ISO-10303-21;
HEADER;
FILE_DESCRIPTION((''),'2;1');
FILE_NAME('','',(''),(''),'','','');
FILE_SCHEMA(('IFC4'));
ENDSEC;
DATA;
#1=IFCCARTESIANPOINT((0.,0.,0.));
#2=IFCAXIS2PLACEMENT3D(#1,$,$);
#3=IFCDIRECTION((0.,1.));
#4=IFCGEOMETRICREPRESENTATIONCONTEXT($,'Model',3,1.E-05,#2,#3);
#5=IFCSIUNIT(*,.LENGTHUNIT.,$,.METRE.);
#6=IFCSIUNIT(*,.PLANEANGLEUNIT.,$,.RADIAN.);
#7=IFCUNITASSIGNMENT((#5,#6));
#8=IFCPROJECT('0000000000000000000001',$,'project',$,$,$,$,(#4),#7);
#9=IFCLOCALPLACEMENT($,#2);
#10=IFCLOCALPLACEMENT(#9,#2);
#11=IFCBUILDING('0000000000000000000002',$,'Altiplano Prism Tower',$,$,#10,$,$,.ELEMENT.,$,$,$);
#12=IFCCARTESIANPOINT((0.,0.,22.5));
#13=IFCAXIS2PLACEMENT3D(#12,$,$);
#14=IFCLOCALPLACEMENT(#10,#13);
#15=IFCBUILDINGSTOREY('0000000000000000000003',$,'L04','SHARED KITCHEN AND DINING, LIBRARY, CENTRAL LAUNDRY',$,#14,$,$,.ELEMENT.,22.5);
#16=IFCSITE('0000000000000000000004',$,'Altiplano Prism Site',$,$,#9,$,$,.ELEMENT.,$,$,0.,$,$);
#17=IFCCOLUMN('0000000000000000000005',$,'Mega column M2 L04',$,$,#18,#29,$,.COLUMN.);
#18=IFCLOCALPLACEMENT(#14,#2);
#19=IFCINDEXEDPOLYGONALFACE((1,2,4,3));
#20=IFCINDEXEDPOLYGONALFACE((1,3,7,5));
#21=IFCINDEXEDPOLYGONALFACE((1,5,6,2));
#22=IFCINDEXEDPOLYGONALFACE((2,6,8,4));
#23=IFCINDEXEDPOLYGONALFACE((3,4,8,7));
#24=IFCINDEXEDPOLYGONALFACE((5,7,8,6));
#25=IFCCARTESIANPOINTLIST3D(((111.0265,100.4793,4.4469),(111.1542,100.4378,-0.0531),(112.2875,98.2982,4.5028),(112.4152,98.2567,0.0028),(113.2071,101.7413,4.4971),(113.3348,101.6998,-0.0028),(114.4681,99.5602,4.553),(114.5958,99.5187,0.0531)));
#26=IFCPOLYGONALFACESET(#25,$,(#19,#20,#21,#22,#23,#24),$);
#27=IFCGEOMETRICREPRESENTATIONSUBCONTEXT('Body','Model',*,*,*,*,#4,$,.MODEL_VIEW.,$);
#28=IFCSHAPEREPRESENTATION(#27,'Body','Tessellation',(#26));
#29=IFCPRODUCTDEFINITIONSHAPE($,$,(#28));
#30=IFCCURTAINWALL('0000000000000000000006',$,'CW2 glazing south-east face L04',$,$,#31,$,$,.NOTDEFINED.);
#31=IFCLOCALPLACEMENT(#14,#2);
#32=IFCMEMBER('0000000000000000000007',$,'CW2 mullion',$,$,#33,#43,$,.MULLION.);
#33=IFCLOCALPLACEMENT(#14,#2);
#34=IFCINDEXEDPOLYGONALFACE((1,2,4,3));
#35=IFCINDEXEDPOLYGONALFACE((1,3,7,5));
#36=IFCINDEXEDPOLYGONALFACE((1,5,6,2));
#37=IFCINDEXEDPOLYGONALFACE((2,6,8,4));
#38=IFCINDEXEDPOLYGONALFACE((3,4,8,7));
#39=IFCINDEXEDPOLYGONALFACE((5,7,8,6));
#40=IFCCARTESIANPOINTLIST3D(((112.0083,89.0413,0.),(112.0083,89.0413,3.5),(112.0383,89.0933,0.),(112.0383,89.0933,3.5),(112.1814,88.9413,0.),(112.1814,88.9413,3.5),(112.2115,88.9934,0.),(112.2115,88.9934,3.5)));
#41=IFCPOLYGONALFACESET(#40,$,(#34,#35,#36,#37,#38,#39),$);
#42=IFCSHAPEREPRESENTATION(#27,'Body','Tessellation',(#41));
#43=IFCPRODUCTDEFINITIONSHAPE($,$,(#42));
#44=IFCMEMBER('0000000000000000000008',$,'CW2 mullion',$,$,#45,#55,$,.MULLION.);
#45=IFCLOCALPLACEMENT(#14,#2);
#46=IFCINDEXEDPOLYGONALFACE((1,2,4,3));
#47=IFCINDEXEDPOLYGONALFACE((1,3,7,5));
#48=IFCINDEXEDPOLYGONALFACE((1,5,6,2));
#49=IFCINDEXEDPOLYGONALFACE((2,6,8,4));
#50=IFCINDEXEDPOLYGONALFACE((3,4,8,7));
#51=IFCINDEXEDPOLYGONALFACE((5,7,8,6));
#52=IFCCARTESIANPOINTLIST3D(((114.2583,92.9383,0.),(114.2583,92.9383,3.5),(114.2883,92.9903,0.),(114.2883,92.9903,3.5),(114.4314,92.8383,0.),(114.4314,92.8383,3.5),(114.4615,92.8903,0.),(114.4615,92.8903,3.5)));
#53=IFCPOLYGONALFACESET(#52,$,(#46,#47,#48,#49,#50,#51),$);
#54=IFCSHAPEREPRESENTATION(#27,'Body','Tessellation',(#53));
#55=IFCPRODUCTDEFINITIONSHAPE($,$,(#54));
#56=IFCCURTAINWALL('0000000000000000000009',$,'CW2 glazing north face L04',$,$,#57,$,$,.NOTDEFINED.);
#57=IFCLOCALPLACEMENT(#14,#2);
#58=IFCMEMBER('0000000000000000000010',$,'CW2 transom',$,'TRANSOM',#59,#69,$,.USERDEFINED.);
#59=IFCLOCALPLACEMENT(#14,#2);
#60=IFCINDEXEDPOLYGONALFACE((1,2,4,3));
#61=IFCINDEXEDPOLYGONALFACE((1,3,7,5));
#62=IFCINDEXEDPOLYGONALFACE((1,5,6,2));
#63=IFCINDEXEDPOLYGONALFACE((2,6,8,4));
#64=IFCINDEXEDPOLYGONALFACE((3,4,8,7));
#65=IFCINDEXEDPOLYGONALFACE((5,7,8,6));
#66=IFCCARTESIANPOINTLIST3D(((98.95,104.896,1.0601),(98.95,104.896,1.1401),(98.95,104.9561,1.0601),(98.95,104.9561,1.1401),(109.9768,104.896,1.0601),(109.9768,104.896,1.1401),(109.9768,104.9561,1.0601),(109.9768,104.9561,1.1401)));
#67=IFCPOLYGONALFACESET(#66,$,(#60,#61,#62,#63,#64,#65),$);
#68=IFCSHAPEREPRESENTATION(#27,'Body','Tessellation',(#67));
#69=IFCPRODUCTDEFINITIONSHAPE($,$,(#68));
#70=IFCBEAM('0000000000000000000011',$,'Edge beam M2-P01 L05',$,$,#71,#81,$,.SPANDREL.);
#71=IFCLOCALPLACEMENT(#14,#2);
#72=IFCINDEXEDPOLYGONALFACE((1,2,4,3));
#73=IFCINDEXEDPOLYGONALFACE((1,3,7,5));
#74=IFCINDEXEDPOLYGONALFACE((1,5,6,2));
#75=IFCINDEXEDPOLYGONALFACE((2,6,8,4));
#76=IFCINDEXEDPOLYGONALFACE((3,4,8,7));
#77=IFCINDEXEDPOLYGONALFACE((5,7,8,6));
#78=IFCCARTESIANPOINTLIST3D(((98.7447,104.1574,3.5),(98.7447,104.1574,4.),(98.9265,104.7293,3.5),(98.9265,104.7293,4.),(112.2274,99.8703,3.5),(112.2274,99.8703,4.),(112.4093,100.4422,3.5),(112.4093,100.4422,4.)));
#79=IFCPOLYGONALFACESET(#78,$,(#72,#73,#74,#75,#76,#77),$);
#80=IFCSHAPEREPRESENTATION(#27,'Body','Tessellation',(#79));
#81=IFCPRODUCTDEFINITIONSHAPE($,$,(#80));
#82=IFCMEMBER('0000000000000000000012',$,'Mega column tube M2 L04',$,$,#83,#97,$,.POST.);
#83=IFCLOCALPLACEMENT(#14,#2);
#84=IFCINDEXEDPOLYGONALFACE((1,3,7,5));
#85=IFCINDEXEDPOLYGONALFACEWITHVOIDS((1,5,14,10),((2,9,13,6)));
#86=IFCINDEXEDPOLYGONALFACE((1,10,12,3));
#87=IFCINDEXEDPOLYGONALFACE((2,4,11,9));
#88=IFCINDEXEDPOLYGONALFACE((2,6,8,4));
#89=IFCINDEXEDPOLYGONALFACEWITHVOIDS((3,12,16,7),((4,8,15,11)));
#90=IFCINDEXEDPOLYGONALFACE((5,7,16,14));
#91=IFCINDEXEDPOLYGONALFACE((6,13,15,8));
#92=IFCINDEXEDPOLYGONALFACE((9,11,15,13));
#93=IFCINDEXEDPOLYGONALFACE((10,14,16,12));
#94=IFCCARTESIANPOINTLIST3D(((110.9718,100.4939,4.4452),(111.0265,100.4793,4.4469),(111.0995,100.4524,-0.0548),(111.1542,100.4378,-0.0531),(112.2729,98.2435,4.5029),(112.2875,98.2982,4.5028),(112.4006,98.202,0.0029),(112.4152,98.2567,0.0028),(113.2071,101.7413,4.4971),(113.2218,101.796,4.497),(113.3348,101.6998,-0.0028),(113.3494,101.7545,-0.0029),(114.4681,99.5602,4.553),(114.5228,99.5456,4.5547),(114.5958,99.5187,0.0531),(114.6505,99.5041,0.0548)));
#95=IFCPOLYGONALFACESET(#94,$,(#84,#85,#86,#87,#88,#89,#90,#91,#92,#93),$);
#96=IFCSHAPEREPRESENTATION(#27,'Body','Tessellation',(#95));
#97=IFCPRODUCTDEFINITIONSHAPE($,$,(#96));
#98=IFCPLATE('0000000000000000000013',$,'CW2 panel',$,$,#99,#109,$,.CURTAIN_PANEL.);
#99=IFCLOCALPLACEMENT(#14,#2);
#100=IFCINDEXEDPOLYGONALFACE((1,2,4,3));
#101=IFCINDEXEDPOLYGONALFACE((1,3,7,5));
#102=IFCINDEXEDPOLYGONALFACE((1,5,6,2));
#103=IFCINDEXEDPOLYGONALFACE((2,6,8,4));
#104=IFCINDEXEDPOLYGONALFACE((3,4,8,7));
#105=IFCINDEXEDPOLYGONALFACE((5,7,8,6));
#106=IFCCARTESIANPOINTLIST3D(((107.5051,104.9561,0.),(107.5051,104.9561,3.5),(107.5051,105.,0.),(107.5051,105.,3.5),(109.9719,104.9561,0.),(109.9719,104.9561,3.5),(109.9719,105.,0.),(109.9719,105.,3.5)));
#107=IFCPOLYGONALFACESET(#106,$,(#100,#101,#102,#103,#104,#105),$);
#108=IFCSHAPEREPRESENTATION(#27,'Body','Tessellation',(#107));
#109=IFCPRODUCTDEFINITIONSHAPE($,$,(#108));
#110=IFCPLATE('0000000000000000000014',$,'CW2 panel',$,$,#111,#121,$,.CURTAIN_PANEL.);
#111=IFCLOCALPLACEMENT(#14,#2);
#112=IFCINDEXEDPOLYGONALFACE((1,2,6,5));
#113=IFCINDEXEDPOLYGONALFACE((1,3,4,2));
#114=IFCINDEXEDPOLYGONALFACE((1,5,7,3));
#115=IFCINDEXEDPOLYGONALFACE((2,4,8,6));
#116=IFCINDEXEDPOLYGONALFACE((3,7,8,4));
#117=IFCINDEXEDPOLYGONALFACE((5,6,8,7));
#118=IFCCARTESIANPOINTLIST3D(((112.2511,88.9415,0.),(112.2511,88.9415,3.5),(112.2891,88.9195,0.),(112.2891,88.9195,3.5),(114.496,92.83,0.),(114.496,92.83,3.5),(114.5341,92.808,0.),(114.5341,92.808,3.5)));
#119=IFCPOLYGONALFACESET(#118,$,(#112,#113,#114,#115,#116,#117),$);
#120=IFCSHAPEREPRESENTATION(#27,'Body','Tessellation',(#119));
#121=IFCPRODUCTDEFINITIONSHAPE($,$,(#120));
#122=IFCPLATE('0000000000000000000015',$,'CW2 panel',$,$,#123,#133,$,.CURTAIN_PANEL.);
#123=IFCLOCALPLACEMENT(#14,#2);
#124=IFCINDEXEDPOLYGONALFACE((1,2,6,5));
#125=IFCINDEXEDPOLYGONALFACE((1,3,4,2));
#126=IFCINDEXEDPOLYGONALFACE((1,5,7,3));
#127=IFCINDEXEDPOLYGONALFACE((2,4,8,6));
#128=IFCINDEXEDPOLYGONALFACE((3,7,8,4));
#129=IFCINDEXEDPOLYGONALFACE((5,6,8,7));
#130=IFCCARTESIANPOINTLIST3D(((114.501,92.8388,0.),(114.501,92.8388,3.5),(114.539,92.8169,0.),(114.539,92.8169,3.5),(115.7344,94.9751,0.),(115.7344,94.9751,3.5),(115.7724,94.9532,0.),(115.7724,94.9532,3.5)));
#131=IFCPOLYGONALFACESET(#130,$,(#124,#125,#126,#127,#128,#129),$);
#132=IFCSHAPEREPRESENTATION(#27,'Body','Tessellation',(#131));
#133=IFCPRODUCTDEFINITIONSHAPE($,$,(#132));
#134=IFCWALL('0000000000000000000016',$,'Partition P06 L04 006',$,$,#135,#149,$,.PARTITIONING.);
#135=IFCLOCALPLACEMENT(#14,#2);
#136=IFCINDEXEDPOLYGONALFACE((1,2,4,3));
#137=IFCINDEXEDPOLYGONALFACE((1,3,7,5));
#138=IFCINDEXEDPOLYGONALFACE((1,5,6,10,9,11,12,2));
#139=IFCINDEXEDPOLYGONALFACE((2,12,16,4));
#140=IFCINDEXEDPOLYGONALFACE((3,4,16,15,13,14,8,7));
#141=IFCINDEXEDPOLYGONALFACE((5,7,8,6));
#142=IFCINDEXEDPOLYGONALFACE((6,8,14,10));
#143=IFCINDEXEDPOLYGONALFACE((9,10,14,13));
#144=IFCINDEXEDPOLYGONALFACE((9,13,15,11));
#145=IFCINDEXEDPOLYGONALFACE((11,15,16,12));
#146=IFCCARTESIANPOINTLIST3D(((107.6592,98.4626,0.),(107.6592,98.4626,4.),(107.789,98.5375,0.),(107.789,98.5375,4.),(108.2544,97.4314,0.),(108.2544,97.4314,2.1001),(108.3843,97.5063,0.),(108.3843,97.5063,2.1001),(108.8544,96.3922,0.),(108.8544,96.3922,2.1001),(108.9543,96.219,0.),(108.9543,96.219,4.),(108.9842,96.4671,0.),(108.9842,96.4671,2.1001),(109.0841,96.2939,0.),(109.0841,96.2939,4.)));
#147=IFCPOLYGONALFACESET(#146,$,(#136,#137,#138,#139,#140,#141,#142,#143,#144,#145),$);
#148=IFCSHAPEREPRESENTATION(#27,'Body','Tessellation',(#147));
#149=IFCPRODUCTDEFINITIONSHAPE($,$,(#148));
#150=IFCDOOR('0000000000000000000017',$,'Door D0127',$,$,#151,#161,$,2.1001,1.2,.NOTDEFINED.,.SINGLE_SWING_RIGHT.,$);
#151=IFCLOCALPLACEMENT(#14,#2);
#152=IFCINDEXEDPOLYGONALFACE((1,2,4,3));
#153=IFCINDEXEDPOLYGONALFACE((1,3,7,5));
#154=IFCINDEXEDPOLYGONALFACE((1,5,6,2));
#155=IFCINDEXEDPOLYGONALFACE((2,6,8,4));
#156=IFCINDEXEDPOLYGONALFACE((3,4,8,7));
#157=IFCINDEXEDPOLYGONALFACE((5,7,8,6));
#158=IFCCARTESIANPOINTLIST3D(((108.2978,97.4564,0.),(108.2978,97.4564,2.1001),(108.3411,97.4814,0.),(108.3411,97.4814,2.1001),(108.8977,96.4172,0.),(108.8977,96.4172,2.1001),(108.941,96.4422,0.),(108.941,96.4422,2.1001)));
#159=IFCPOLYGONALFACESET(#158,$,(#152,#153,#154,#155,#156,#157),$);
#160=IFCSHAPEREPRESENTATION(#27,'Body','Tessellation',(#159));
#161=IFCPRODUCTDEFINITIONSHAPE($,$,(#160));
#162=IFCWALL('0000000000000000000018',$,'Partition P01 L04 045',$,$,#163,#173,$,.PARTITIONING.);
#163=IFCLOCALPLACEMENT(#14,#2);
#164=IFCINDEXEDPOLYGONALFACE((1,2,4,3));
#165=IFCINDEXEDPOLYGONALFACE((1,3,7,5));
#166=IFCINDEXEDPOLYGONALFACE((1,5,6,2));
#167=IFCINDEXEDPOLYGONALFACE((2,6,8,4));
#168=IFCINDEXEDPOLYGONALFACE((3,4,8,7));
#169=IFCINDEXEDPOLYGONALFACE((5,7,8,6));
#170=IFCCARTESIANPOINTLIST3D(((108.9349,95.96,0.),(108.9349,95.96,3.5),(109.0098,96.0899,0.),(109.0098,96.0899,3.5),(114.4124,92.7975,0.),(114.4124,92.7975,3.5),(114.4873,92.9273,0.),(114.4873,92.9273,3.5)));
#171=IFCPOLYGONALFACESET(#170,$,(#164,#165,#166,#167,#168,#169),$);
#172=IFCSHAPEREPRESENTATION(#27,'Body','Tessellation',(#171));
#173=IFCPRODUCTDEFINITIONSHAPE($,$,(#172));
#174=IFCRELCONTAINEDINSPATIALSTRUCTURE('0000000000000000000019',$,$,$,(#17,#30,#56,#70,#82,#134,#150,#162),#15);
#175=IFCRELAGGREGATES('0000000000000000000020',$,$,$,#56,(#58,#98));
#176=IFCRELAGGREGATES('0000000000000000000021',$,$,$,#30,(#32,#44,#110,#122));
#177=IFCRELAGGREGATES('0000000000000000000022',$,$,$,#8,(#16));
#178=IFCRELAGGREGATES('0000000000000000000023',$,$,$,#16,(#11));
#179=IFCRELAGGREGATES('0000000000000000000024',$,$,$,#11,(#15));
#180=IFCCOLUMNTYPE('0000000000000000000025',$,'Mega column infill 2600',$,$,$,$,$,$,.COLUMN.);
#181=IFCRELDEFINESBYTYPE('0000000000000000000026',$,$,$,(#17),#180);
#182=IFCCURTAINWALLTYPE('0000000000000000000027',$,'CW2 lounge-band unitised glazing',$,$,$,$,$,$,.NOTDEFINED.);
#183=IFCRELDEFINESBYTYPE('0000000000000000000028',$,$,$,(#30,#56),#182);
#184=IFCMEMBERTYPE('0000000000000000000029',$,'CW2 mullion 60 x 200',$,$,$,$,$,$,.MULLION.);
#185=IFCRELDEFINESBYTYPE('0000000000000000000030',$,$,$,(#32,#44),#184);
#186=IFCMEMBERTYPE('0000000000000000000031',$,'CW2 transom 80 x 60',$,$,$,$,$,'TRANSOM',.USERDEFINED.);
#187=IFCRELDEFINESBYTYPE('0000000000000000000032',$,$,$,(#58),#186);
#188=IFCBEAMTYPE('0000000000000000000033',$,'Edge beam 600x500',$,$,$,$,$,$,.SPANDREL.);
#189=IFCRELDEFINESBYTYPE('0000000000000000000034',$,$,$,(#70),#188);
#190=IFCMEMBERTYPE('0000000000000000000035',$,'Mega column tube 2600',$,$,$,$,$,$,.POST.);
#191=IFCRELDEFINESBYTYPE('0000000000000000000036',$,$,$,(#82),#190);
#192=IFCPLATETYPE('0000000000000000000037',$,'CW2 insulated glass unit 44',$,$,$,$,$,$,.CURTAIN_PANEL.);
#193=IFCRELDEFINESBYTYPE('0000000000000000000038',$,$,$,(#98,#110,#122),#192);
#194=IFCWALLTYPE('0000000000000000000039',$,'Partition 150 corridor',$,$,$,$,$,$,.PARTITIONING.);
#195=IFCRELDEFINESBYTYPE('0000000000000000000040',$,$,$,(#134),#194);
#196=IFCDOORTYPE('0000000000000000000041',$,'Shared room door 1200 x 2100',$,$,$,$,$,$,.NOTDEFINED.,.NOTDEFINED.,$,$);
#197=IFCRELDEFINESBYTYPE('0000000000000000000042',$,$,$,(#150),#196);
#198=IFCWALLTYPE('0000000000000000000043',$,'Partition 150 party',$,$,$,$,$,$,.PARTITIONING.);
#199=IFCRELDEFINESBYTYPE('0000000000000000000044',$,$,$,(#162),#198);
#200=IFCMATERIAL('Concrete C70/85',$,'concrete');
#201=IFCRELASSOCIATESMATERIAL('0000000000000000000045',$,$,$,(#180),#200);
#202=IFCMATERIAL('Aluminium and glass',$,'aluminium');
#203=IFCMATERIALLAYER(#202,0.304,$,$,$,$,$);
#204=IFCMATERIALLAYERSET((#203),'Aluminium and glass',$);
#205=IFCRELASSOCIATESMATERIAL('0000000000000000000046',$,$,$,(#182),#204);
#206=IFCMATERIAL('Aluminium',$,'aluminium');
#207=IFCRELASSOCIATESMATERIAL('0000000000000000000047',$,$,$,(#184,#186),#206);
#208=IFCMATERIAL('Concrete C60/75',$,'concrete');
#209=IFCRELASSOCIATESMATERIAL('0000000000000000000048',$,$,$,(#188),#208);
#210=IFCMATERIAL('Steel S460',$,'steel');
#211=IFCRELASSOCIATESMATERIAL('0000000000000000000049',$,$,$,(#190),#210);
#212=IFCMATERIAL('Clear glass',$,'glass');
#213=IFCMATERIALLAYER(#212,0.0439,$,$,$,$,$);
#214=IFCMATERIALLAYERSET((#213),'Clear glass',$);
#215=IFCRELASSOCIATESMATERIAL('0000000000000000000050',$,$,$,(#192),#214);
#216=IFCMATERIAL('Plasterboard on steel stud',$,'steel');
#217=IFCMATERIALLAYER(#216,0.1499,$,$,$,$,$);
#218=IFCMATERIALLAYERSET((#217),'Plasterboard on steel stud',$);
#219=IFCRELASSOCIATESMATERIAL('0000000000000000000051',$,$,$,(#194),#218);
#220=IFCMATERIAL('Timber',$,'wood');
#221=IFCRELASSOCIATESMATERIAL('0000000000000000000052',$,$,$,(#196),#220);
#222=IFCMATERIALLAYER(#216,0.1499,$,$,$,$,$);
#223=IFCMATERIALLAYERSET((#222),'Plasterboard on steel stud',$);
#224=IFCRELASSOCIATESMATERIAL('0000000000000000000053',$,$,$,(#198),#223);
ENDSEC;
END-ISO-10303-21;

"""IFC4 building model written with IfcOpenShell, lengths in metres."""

from ifc_helpers import new_model, si_unit, direction, frame, frame_2d, origin, origin_2d, place, context, subcontext, project, spatial, rectangle, hollow_rectangle, extrude, material, layer, layer_set, material_profile, profile_set, type_object, element, fill, aggregate, save


model = new_model("IFC4")

# Units and contexts
model_context = context("Model", 3, precision=1e-05, world=origin(), true_north=direction((0.0, 1.0)))
body_context = subcontext(model_context, "Body", "Model", "MODEL_VIEW")
ifc_project = project(units=[si_unit("LENGTHUNIT", "METRE"), si_unit("PLANEANGLEUNIT", "RADIAN")], contexts=[model_context])

# Site, building, storey
site_placement = place(None, origin())
site = spatial("IfcSite", under=ifc_project, at=site_placement, Name="Altiplano Prism Site", CompositionType="ELEMENT", RefElevation=0.0)
building_placement = place(site_placement, origin())
building = spatial("IfcBuilding", under=site, at=building_placement, Name="Altiplano Prism Tower", CompositionType="ELEMENT")
storey_placement = place(building_placement, frame((0.0, 0.0, 22.5)))
storey = spatial("IfcBuildingStorey", under=building, at=storey_placement, Name="L04", Description="SHARED KITCHEN AND DINING, LIBRARY, CENTRAL LAUNDRY", CompositionType="ELEMENT", Elevation=22.5)

# Column
ifc_material_1 = material(Name="Concrete C70/85", Category="concrete")
ifc_material_profile_1 = material_profile(ifc_material_1, rectangle(XDim=2.52, YDim=2.52, at=origin_2d()), Name="Mega column infill 2600")
ifc_profile_set_1 = profile_set([ifc_material_profile_1], Name="Concrete C70/85")
column_type = type_object("IfcColumnType", Name="Mega column infill 2600", PredefinedType="COLUMN", material=ifc_profile_set_1)
column_placement = place(storey_placement, frame((112.875, 99.9783, 0.0), z_axis=(-0.028362, 0.009219, 0.999555), x_axis=(0.500392, -0.865515, 0.022181)))
element("IfcColumn", 1, at=column_placement, inside=storey, type_object=column_type, Name="Mega column M2 L04", PredefinedType="COLUMN", context=body_context, shape_type="SweptSolid", body=[
    extrude(rectangle(XDim=2.52, YDim=2.52, at=origin_2d()), origin(), (0.0, 0.0, 1.0), 4.502),
])

# Curtain wall, members
ifc_material_2 = material(Name="Aluminium and glass", Category="aluminium")
ifc_layer_1 = layer(ifc_material_2, 0.304)
ifc_layer_set_1 = layer_set([ifc_layer_1], Name="Aluminium and glass")
curtain_wall_type = type_object("IfcCurtainWallType", Name="CW2 lounge-band unitised glazing", PredefinedType="NOTDEFINED", material=ifc_layer_set_1)
curtain_wall_1_placement = place(storey_placement, origin())
curtain_wall_1 = element("IfcCurtainWall", 2, at=curtain_wall_1_placement, inside=storey, type_object=curtain_wall_type, Name="CW2 glazing south-east face L04", PredefinedType="NOTDEFINED")
ifc_material_3 = material(Name="Aluminium", Category="aluminium")
ifc_material_profile_2 = material_profile(ifc_material_3, rectangle(XDim=0.2, YDim=0.0601, at=origin_2d()), Name="CW2 mullion 60 x 200")
ifc_profile_set_2 = profile_set([ifc_material_profile_2], Name="Aluminium")
member_type_1 = type_object("IfcMemberType", Name="CW2 mullion 60 x 200", PredefinedType="MULLION", material=ifc_profile_set_2)
member_1_placement = place(storey_placement, frame((112.1099, 89.0173, 0.0), z_axis=(0.0, 0.0, 1.0), x_axis=(-0.866025, 0.5, 0.0)))
member_1 = element("IfcMember", 3, at=member_1_placement, type_object=member_type_1, Name="CW2 mullion", PredefinedType="MULLION", context=body_context, shape_type="SweptSolid", body=[
    extrude(rectangle(XDim=0.2, YDim=0.0601, at=origin_2d()), origin(), (0.0, 0.0, 1.0), 3.5),
])
member_2_placement = place(storey_placement, frame((114.3599, 92.9143, 0.0), z_axis=(0.0, 0.0, 1.0), x_axis=(-0.866025, 0.5, 0.0)))
member_2 = element("IfcMember", 4, at=member_2_placement, type_object=member_type_1, Name="CW2 mullion", PredefinedType="MULLION", context=body_context, shape_type="SweptSolid", body=[
    extrude(rectangle(XDim=0.2, YDim=0.0601, at=origin_2d()), origin(), (0.0, 0.0, 1.0), 3.5),
])

# Curtain wall, member
curtain_wall_2_placement = place(storey_placement, origin())
curtain_wall_2 = element("IfcCurtainWall", 5, at=curtain_wall_2_placement, inside=storey, type_object=curtain_wall_type, Name="CW2 glazing north face L04", PredefinedType="NOTDEFINED")
ifc_material_profile_3 = material_profile(ifc_material_3, rectangle(XDim=0.0601, YDim=0.0801, at=origin_2d()), Name="CW2 transom 80 x 60")
ifc_profile_set_3 = profile_set([ifc_material_profile_3], Name="Aluminium")
member_type_2 = type_object("IfcMemberType", Name="CW2 transom 80 x 60", ElementType="TRANSOM", PredefinedType="USERDEFINED", material=ifc_profile_set_3)
member_3_placement = place(storey_placement, frame((109.9768, 104.926, 1.1001), z_axis=(-1.0, 0.0, 0.0), x_axis=(0.0, -1.0, 0.0)))
member_3 = element("IfcMember", 6, at=member_3_placement, type_object=member_type_2, Name="CW2 transom", ObjectType="TRANSOM", PredefinedType="USERDEFINED", context=body_context, shape_type="SweptSolid", body=[
    extrude(rectangle(XDim=0.0601, YDim=0.0801, at=origin_2d()), origin(), (0.0, 0.0, 1.0), 11.0269),
])

# Beam
ifc_material_4 = material(Name="Concrete C60/75", Category="concrete")
ifc_material_profile_4 = material_profile(ifc_material_4, rectangle(XDim=0.6001, YDim=0.5, at=origin_2d()), Name="Edge beam 600x500")
ifc_profile_set_4 = profile_set([ifc_material_profile_4], Name="Concrete C60/75")
beam_type = type_object("IfcBeamType", Name="Edge beam 600x500", PredefinedType="SPANDREL", material=ifc_profile_set_4)
beam_placement = place(storey_placement, frame((112.3184, 100.1562, 3.75), z_axis=(-0.952984, 0.303022, 0.0), x_axis=(-0.303022, -0.952984, 0.0)))
element("IfcBeam", 7, at=beam_placement, inside=storey, type_object=beam_type, Name="Edge beam M2-P01 L05", PredefinedType="SPANDREL", context=body_context, shape_type="SweptSolid", body=[
    extrude(rectangle(XDim=0.6001, YDim=0.5, at=origin_2d()), origin(), (0.0, 0.0, 1.0), 14.1479),
])

# Member
ifc_material_5 = material(Name="Steel S460", Category="steel")
ifc_material_profile_5 = material_profile(ifc_material_5, hollow_rectangle(XDim=2.6001, YDim=2.6001, WallThickness=0.04, at=origin_2d()), Name="Mega column tube 2600")
ifc_profile_set_5 = profile_set([ifc_material_profile_5], Name="Steel S460")
member_type_3 = type_object("IfcMemberType", Name="Mega column tube 2600", PredefinedType="POST", material=ifc_profile_set_5)
member_4_placement = place(storey_placement, frame((112.875, 99.9783, 0.0), z_axis=(-0.028362, 0.009219, 0.999555), x_axis=(0.500392, -0.865515, 0.022181)))
element("IfcMember", 8, at=member_4_placement, inside=storey, type_object=member_type_3, Name="Mega column tube M2 L04", PredefinedType="POST", context=body_context, shape_type="SweptSolid", body=[
    extrude(hollow_rectangle(XDim=2.6001, YDim=2.6001, WallThickness=0.04, at=origin_2d()), origin(), (0.0, 0.0, 1.0), 4.502),
])

# Plates
ifc_material_6 = material(Name="Clear glass", Category="glass")
ifc_layer_2 = layer(ifc_material_6, 0.0439)
ifc_layer_set_2 = layer_set([ifc_layer_2], Name="Clear glass")
plate_type = type_object("IfcPlateType", Name="CW2 insulated glass unit 44", PredefinedType="CURTAIN_PANEL", material=ifc_layer_set_2)
plate_1_placement = place(storey_placement, frame((108.7385, 104.978, 0.0), z_axis=(0.0, 0.0, 1.0), x_axis=(-1.0, 0.0, 0.0)))
plate_1 = element("IfcPlate", 9, at=plate_1_placement, type_object=plate_type, Name="CW2 panel", PredefinedType="CURTAIN_PANEL", context=body_context, shape_type="SweptSolid", body=[
    extrude(rectangle(XDim=2.4668, YDim=0.0439, at=origin_2d()), origin(), (0.0, 0.0, 1.0), 3.5),
])
aggregate(curtain_wall_2, [member_3, plate_1])
plate_2_placement = place(storey_placement, frame((113.3926, 90.8748, 0.0), z_axis=(0.0, 0.0, 1.0), x_axis=(0.5, 0.866025, 0.0)))
plate_2 = element("IfcPlate", 10, at=plate_2_placement, type_object=plate_type, Name="CW2 panel", PredefinedType="CURTAIN_PANEL", context=body_context, shape_type="SweptSolid", body=[
    extrude(rectangle(XDim=4.49, YDim=0.0439, at=origin_2d()), origin(), (0.0, 0.0, 1.0), 3.5),
])
plate_3_placement = place(storey_placement, frame((115.1367, 93.896, 0.0), z_axis=(0.0, 0.0, 1.0), x_axis=(0.5, 0.866025, 0.0)))
plate_3 = element("IfcPlate", 11, at=plate_3_placement, type_object=plate_type, Name="CW2 panel", PredefinedType="CURTAIN_PANEL", context=body_context, shape_type="SweptSolid", body=[
    extrude(rectangle(XDim=2.4668, YDim=0.0439, at=origin_2d()), origin(), (0.0, 0.0, 1.0), 3.5),
])
aggregate(curtain_wall_1, [member_1, member_2, plate_2, plate_3])

# Wall, opening, door
ifc_material_7 = material(Name="Plasterboard on steel stud", Category="steel")
ifc_layer_3 = layer(ifc_material_7, 0.1499)
ifc_layer_set_3 = layer_set([ifc_layer_3], Name="Plasterboard on steel stud")
wall_type_1 = type_object("IfcWallType", Name="Partition 150 corridor", PredefinedType="PARTITIONING", material=ifc_layer_set_3)
wall_1_placement = place(storey_placement, frame((109.0193, 96.2563, 0.0), z_axis=(0.0, 0.0, 1.0), x_axis=(-0.49994, 0.86606, 0.0)))
wall_1 = element("IfcWall", 12, at=wall_1_placement, inside=storey, type_object=wall_type_1, Name="Partition P06 L04 006", PredefinedType="PARTITIONING", context=body_context, shape_type="SweptSolid", body=[
    extrude(rectangle(XDim=2.5906, YDim=0.1499, at=frame_2d((1.2954, 0.0))), origin(), (0.0, 0.0, 1.0), 4.0),
])
opening_1_placement = place(wall_1_placement, frame((0.2, 0.0, 0.0)))
opening_1 = element("IfcOpeningElement", 13, at=opening_1_placement, cuts=wall_1, PredefinedType="OPENING", context=body_context, shape_type="SweptSolid", body=[
    extrude(rectangle(XDim=1.2, YDim=2.1001, at=frame_2d((0.6001, 1.05))), frame((0.0, 0.0854, 0.0), z_axis=(0.0, -1.0, 0.0), x_axis=(1.0, 0.0, 0.0)), (0.0, 0.0, 1.0), 0.1709),
])
ifc_material_8 = material(Name="Timber", Category="wood")
door_type_1 = type_object("IfcDoorType", Name="Shared room door 1200 x 2100", OperationType="NOTDEFINED", PredefinedType="NOTDEFINED", material=ifc_material_8)
door_1_placement = place(opening_1_placement, origin())
door_1 = element("IfcDoor", 14, at=door_1_placement, inside=storey, type_object=door_type_1, Name="Door D0127", OperationType="SINGLE_SWING_RIGHT", OverallHeight=2.1001, OverallWidth=1.2, PredefinedType="NOTDEFINED", context=body_context, shape_type="SweptSolid", body=[
    extrude(rectangle(XDim=1.2, YDim=2.1001, at=frame_2d((0.6001, 1.05))), frame((0.0, 0.0249, 0.0), z_axis=(0.0, -1.0, 0.0), x_axis=(1.0, 0.0, 0.0)), (0.0, 0.0, 1.0), 0.05),
])
fill(opening_1, door_1)

# Wall
ifc_layer_4 = layer(ifc_material_7, 0.1499)
ifc_layer_set_4 = layer_set([ifc_layer_4], Name="Plasterboard on steel stud")
wall_type_2 = type_object("IfcWallType", Name="Partition 150 party", PredefinedType="PARTITIONING", material=ifc_layer_set_4)
wall_2_placement = place(storey_placement, frame((114.45, 92.8623, 0.0), z_axis=(0.0, 0.0, 1.0), x_axis=(-0.866016, 0.500016, 0.0)))
element("IfcWall", 15, at=wall_2_placement, inside=storey, type_object=wall_type_2, Name="Partition P01 L04 045", PredefinedType="PARTITIONING", context=body_context, shape_type="SweptSolid", body=[
    extrude(rectangle(XDim=6.325, YDim=0.1499, at=frame_2d((3.1626, 0.0))), origin(), (0.0, 0.0, 1.0), 3.5),
])

save(model, "model.ifc")
